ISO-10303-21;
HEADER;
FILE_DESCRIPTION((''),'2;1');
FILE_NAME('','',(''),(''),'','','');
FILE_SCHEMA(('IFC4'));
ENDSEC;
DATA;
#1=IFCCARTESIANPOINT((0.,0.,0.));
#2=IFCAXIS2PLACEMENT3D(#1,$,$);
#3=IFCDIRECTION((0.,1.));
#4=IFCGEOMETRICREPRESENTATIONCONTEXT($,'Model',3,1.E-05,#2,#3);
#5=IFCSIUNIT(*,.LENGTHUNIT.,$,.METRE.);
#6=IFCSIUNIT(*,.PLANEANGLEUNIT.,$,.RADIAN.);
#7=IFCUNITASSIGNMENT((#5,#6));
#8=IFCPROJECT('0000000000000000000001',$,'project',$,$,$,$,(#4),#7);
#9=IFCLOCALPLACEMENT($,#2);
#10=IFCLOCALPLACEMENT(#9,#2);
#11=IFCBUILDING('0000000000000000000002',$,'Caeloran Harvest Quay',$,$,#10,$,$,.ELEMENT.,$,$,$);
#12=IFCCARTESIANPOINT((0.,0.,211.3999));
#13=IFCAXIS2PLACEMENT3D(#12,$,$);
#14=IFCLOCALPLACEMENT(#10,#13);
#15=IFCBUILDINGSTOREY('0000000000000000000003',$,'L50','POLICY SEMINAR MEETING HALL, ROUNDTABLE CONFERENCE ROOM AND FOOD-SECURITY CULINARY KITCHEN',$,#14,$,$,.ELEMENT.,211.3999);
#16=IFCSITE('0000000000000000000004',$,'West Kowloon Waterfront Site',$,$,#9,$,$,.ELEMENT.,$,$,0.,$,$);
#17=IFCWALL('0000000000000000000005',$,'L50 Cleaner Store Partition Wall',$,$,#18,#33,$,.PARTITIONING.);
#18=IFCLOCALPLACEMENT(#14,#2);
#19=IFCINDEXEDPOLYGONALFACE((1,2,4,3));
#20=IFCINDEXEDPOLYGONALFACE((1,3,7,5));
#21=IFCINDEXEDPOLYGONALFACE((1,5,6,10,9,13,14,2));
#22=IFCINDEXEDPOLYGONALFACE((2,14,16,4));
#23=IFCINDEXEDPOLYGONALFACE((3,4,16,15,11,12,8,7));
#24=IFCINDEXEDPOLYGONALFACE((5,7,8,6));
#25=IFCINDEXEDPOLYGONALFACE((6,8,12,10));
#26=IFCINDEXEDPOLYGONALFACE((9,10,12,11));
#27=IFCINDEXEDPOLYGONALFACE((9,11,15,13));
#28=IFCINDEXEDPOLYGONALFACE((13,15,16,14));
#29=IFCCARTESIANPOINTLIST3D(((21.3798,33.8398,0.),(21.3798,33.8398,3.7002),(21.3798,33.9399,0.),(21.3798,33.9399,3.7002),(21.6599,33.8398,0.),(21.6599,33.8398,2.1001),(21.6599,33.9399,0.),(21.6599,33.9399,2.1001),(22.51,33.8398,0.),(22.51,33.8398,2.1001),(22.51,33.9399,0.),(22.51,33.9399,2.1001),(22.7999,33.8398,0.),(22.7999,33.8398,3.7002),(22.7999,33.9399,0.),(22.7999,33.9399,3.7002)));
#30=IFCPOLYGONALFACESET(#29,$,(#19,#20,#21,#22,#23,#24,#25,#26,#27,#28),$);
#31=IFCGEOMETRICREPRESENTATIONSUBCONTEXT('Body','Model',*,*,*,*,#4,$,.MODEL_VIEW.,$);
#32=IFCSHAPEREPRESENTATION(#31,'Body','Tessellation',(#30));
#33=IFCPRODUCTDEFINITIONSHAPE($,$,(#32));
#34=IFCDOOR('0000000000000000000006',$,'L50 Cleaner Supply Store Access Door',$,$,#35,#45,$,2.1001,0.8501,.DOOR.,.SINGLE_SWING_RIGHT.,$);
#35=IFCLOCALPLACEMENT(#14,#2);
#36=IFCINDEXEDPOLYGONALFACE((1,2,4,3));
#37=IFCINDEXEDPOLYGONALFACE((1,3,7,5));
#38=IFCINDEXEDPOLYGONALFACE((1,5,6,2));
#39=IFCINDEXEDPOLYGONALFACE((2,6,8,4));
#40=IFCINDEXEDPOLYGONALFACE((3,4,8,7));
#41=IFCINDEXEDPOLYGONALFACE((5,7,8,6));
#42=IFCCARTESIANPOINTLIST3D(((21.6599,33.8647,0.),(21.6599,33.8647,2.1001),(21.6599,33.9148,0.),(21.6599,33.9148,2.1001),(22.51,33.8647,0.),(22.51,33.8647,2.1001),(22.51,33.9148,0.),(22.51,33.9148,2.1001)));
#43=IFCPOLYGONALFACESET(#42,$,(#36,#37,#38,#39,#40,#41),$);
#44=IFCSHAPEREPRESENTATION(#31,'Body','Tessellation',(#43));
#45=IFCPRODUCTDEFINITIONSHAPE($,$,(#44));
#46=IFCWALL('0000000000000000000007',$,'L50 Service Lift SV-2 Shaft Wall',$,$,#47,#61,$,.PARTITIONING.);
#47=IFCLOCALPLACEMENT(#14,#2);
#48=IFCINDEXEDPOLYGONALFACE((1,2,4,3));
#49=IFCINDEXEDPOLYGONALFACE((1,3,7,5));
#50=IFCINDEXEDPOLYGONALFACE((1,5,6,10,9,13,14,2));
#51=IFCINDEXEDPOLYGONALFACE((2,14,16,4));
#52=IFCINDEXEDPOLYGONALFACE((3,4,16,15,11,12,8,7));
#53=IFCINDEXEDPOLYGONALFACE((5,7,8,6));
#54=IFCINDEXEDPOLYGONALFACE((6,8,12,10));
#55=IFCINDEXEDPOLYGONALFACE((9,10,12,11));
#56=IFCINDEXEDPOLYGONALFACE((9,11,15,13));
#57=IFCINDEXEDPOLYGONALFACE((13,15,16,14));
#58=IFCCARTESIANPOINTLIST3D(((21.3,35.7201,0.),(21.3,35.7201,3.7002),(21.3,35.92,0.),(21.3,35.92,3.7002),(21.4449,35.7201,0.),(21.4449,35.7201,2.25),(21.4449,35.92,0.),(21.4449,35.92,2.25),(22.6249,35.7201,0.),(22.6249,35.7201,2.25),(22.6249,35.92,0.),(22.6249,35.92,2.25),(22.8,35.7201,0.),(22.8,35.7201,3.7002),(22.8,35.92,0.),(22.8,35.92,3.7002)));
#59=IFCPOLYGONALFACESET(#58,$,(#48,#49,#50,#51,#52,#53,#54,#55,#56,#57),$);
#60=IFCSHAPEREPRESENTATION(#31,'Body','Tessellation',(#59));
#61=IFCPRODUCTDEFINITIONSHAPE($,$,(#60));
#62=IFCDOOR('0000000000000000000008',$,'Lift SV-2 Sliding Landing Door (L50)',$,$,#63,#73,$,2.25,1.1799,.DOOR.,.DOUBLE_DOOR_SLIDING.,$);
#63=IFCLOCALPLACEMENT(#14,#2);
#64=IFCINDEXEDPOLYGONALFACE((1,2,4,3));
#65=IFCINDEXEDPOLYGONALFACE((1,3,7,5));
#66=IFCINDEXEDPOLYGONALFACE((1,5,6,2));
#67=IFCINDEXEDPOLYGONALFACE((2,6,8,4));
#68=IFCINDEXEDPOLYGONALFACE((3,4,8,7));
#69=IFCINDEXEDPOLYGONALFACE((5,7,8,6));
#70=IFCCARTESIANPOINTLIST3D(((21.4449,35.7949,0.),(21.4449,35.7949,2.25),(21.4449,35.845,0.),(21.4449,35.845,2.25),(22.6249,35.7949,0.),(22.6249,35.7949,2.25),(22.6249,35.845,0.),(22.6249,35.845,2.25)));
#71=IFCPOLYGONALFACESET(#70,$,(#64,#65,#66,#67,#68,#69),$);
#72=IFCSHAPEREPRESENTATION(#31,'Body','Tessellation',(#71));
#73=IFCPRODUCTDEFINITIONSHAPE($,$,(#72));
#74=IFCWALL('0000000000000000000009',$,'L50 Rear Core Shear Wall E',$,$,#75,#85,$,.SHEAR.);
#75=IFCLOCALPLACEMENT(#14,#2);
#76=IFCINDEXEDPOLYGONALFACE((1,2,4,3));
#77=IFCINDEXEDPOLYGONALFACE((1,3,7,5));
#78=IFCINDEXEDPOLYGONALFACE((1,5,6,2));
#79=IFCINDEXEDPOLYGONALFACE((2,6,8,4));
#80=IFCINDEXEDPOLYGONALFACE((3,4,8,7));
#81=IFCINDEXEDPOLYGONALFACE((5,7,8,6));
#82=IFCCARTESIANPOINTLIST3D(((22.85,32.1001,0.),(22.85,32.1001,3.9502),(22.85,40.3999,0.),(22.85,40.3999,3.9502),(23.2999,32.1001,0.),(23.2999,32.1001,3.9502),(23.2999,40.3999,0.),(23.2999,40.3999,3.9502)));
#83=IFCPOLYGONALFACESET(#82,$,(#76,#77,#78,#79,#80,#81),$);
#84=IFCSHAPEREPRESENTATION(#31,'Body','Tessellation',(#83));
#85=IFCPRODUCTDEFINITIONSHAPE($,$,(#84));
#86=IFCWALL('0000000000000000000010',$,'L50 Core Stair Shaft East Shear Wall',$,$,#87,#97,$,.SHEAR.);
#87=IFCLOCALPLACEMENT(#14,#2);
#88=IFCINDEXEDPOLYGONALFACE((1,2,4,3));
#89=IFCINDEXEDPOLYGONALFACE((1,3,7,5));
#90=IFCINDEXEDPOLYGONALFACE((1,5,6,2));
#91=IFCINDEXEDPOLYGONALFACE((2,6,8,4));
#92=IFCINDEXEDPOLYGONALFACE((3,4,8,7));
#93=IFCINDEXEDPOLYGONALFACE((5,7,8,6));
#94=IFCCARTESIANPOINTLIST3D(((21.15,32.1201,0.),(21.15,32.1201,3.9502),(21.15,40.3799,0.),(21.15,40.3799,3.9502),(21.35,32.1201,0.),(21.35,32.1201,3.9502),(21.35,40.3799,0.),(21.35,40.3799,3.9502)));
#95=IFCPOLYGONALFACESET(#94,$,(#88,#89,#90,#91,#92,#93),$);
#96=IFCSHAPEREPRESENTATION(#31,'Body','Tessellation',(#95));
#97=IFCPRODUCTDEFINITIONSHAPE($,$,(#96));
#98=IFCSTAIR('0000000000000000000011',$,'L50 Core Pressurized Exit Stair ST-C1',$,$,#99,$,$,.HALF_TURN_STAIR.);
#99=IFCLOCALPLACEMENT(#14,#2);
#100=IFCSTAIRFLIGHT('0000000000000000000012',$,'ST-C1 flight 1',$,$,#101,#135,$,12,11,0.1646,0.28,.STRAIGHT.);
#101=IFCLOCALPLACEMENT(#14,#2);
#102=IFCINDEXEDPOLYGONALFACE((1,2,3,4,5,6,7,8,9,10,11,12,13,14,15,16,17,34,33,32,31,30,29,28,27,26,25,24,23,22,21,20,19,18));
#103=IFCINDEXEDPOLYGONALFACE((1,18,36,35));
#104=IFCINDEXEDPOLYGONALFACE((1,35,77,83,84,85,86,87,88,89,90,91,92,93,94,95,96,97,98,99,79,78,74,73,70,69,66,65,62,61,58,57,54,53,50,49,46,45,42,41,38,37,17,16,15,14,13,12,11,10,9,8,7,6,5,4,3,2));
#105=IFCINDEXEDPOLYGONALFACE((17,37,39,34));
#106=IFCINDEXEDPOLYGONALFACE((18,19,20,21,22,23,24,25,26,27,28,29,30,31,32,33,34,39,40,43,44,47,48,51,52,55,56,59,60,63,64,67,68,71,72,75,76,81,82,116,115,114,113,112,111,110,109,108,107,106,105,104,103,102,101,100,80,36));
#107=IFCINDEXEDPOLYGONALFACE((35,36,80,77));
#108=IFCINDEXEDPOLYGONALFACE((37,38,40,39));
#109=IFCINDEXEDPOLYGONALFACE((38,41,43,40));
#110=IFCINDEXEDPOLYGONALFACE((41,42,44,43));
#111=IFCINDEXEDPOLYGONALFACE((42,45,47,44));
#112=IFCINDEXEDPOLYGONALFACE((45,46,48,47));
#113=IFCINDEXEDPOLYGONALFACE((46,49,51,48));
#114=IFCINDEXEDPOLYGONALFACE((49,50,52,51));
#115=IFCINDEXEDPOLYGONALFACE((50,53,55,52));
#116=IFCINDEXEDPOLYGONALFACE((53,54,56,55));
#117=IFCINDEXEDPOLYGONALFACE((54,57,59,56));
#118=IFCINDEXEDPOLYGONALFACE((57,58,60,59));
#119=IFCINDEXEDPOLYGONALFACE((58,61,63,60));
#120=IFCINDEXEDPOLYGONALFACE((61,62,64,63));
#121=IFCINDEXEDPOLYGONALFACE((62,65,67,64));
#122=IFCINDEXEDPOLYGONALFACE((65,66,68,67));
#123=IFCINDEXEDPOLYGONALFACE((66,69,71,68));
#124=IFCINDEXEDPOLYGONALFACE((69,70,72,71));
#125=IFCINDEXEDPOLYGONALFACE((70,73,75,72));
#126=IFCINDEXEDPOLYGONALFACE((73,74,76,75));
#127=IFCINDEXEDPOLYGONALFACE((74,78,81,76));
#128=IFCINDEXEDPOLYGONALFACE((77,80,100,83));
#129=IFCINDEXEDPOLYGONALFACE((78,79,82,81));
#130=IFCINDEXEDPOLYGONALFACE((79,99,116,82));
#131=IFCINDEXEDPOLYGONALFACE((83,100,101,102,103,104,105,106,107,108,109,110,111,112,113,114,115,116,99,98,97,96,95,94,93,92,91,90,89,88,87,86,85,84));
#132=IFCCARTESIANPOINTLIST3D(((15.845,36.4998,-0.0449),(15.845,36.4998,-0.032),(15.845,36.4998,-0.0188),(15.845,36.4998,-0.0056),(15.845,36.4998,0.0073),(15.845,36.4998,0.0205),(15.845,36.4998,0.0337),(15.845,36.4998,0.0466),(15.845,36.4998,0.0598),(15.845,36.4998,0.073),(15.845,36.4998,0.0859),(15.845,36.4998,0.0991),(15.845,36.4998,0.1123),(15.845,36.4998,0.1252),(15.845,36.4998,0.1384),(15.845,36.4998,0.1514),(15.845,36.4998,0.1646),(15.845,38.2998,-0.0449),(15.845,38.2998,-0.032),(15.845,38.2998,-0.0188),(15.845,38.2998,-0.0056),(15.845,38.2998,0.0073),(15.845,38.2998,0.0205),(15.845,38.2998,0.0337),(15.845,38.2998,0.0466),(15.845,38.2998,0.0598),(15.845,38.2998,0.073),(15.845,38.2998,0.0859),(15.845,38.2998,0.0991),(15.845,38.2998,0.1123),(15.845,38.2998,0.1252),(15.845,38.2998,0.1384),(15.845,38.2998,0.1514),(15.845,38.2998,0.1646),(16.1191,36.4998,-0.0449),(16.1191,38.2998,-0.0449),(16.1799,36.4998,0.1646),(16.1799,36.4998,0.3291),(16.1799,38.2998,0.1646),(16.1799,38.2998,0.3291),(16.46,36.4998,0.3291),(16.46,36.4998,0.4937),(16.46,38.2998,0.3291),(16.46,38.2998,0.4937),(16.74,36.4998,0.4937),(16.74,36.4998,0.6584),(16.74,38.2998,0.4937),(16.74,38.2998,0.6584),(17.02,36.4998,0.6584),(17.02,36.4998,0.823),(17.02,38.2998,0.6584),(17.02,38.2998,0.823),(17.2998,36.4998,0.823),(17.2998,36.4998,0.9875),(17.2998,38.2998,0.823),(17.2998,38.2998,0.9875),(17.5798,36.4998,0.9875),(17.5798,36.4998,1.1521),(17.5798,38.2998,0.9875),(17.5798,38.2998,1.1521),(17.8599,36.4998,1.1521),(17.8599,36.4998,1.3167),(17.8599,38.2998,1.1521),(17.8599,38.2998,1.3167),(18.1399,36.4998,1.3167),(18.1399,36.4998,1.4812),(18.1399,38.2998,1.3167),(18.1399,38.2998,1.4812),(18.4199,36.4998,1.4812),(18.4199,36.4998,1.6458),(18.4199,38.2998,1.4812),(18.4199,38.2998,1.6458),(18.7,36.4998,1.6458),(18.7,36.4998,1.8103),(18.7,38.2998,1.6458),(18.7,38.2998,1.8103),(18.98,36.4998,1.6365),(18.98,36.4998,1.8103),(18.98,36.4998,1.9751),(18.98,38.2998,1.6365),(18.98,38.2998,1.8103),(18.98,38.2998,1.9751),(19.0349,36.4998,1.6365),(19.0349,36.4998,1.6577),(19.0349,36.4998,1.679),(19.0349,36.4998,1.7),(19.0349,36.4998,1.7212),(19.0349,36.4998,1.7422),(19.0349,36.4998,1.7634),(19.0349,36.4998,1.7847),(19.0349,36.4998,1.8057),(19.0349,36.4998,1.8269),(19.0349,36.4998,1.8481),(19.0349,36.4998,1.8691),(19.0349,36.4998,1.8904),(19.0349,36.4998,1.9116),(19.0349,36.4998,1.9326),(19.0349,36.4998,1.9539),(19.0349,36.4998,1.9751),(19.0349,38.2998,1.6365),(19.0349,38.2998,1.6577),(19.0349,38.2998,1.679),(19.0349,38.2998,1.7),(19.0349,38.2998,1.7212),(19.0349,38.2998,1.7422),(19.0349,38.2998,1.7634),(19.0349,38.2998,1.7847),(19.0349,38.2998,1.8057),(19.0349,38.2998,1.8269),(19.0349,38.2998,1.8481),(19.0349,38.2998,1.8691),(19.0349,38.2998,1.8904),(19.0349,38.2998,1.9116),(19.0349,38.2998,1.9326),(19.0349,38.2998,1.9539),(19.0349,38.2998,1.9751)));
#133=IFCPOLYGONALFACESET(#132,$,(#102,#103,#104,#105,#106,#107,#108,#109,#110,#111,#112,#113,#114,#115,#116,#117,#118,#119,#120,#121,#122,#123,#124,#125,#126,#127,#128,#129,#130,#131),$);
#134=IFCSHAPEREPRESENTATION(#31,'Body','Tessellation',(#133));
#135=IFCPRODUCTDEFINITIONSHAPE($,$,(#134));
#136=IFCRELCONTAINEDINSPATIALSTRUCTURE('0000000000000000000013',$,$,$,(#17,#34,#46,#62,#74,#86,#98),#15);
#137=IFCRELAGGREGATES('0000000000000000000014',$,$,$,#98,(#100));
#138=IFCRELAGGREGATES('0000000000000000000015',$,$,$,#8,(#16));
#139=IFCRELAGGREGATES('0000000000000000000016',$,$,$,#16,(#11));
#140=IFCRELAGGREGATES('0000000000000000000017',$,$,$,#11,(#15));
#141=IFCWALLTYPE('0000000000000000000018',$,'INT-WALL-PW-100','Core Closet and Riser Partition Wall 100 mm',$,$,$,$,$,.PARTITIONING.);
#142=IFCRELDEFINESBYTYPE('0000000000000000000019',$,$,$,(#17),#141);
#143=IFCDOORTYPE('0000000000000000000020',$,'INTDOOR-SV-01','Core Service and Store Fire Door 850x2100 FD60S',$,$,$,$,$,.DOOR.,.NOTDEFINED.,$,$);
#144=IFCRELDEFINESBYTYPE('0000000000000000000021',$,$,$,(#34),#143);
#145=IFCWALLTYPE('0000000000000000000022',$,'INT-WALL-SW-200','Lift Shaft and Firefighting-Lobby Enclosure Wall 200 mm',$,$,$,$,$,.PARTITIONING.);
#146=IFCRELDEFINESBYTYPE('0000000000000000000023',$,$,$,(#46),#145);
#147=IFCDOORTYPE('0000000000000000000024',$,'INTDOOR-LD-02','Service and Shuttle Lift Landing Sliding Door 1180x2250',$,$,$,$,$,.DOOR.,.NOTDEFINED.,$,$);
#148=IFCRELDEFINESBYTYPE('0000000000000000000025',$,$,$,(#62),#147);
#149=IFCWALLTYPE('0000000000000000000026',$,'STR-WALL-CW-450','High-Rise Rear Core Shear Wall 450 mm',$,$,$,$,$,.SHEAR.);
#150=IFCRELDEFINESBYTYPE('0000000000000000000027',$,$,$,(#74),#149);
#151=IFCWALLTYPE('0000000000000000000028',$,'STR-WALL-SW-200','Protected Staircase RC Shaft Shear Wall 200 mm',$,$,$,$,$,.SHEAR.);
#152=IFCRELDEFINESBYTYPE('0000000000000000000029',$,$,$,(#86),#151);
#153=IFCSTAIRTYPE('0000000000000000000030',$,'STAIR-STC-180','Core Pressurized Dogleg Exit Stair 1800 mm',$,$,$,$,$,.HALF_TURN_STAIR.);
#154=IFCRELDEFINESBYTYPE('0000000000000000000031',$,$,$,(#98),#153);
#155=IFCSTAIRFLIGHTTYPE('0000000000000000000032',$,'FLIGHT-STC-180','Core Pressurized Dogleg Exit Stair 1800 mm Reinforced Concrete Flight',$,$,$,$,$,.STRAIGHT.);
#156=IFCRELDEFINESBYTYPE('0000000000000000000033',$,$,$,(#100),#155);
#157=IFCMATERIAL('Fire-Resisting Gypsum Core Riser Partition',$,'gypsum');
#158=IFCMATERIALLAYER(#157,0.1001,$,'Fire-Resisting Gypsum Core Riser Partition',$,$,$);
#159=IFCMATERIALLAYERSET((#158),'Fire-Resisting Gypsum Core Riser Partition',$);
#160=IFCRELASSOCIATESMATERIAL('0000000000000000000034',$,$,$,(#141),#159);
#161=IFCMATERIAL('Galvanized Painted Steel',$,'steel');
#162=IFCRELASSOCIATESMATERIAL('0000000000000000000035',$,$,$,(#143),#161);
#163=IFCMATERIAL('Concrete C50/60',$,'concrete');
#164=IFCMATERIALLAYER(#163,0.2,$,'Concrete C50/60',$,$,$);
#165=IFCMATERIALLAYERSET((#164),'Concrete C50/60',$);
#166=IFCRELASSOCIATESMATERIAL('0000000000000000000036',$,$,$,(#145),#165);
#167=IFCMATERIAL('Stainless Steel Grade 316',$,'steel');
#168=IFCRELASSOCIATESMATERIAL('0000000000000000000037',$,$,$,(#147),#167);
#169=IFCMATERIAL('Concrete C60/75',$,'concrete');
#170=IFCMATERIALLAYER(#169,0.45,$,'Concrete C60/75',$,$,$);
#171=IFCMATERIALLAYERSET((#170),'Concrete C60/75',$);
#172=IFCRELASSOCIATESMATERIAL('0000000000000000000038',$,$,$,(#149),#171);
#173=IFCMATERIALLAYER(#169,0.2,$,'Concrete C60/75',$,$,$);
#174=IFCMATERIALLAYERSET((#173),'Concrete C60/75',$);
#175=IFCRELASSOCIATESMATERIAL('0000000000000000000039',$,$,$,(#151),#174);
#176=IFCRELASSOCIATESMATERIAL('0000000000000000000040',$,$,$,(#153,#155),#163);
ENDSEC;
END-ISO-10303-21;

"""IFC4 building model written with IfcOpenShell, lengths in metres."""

from ifc_helpers import new_model, si_unit, direction, frame, frame_2d, origin, place, context, subcontext, project, spatial, polyline, rectangle, outline, extrude, material, layer, layer_set, type_object, element, fill, aggregate, save


model = new_model("IFC4")

# Units and contexts
model_context = context("Model", 3, precision=1e-05, world=origin(), true_north=direction((0.0, 1.0)))
body_context = subcontext(model_context, "Body", "Model", "MODEL_VIEW")
ifc_project = project(units=[si_unit("LENGTHUNIT", "METRE"), si_unit("PLANEANGLEUNIT", "RADIAN")], contexts=[model_context])

# Site, building, storey
site_placement = place(None, origin())
site = spatial("IfcSite", under=ifc_project, at=site_placement, Name="West Kowloon Waterfront Site", CompositionType="ELEMENT", RefElevation=0.0)
building_placement = place(site_placement, origin())
building = spatial("IfcBuilding", under=site, at=building_placement, Name="Caeloran Harvest Quay", CompositionType="ELEMENT")
storey_placement = place(building_placement, frame((0.0, 0.0, 211.3999)))
storey = spatial("IfcBuildingStorey", under=building, at=storey_placement, Name="L50", Description="POLICY SEMINAR MEETING HALL, ROUNDTABLE CONFERENCE ROOM AND FOOD-SECURITY CULINARY KITCHEN", CompositionType="ELEMENT", Elevation=211.3999)

# Walls, openings, doors
ifc_material_1 = material(Name="Fire-Resisting Gypsum Core Riser Partition", Category="gypsum")
ifc_layer_1 = layer(ifc_material_1, 0.1001, Name="Fire-Resisting Gypsum Core Riser Partition")
ifc_layer_set_1 = layer_set([ifc_layer_1], Name="Fire-Resisting Gypsum Core Riser Partition")
wall_type_1 = type_object("IfcWallType", Name="INT-WALL-PW-100", Description="Core Closet and Riser Partition Wall 100 mm", PredefinedType="PARTITIONING", material=ifc_layer_set_1)
wall_1_placement = place(storey_placement, frame((21.3799, 33.8899, 0.0), z_axis=(0.0, 0.0, 1.0), x_axis=(1.0, 0.0, 0.0)))
wall_1 = element("IfcWall", 1, at=wall_1_placement, inside=storey, type_object=wall_type_1, Name="L50 Cleaner Store Partition Wall", PredefinedType="PARTITIONING", context=body_context, shape_type="SweptSolid", body=[
    extrude(rectangle(XDim=1.4202, YDim=0.1001, at=frame_2d((0.71, 0.0))), origin(), (0.0, 0.0, 1.0), 3.7002),
])
opening_1_placement = place(wall_1_placement, frame((0.28, 0.0, 0.0)))
opening_1 = element("IfcOpeningElement", 2, at=opening_1_placement, cuts=wall_1, PredefinedType="OPENING", context=body_context, shape_type="SweptSolid", body=[
    extrude(rectangle(XDim=0.8501, YDim=2.1001, at=frame_2d((0.425, 1.05))), frame((0.0, 0.0601, 0.0), z_axis=(0.0, -1.0, 0.0), x_axis=(1.0, 0.0, 0.0)), (0.0, 0.0, 1.0), 0.1201),
])
ifc_material_2 = material(Name="Galvanized Painted Steel", Category="steel")
door_type_1 = type_object("IfcDoorType", Name="INTDOOR-SV-01", Description="Core Service and Store Fire Door 850x2100 FD60S", OperationType="NOTDEFINED", PredefinedType="DOOR", material=ifc_material_2)
door_1_placement = place(opening_1_placement, origin())
door_1 = element("IfcDoor", 3, at=door_1_placement, inside=storey, type_object=door_type_1, Name="L50 Cleaner Supply Store Access Door", OperationType="SINGLE_SWING_RIGHT", OverallHeight=2.1001, OverallWidth=0.8501, PredefinedType="DOOR", context=body_context, shape_type="SweptSolid", body=[
    extrude(rectangle(XDim=0.8501, YDim=2.1001, at=frame_2d((0.425, 1.05))), frame((0.0, 0.0249, 0.0), z_axis=(0.0, -1.0, 0.0), x_axis=(1.0, 0.0, 0.0)), (0.0, 0.0, 1.0), 0.05),
])
fill(opening_1, door_1)
ifc_material_3 = material(Name="Concrete C50/60", Category="concrete")
ifc_layer_2 = layer(ifc_material_3, 0.2, Name="Concrete C50/60")
ifc_layer_set_2 = layer_set([ifc_layer_2], Name="Concrete C50/60")
wall_type_2 = type_object("IfcWallType", Name="INT-WALL-SW-200", Description="Lift Shaft and Firefighting-Lobby Enclosure Wall 200 mm", PredefinedType="PARTITIONING", material=ifc_layer_set_2)
wall_2_placement = place(storey_placement, frame((21.3, 35.8201, 0.0), z_axis=(0.0, 0.0, 1.0), x_axis=(1.0, 0.0, 0.0)))
wall_2 = element("IfcWall", 4, at=wall_2_placement, inside=storey, type_object=wall_type_2, Name="L50 Service Lift SV-2 Shaft Wall", PredefinedType="PARTITIONING", context=body_context, shape_type="SweptSolid", body=[
    extrude(rectangle(XDim=1.5, YDim=0.2, at=frame_2d((0.75, 0.0))), origin(), (0.0, 0.0, 1.0), 3.7002),
])
opening_2_placement = place(wall_2_placement, frame((0.145, 0.0, 0.0)))
opening_2 = element("IfcOpeningElement", 5, at=opening_2_placement, cuts=wall_2, PredefinedType="OPENING", context=body_context, shape_type="SweptSolid", body=[
    extrude(rectangle(XDim=1.1799, YDim=2.25, at=frame_2d((0.5898, 1.125))), frame((0.0, 0.1099, 0.0), z_axis=(0.0, -1.0, 0.0), x_axis=(1.0, 0.0, 0.0)), (0.0, 0.0, 1.0), 0.22),
])
ifc_material_4 = material(Name="Stainless Steel Grade 316", Category="steel")
door_type_2 = type_object("IfcDoorType", Name="INTDOOR-LD-02", Description="Service and Shuttle Lift Landing Sliding Door 1180x2250", OperationType="NOTDEFINED", PredefinedType="DOOR", material=ifc_material_4)
door_2_placement = place(opening_2_placement, origin())
door_2 = element("IfcDoor", 6, at=door_2_placement, inside=storey, type_object=door_type_2, Name="Lift SV-2 Sliding Landing Door (L50)", OperationType="DOUBLE_DOOR_SLIDING", OverallHeight=2.25, OverallWidth=1.1799, PredefinedType="DOOR", context=body_context, shape_type="SweptSolid", body=[
    extrude(rectangle(XDim=1.1799, YDim=2.25, at=frame_2d((0.5898, 1.125))), frame((0.0, 0.0249, 0.0), z_axis=(0.0, -1.0, 0.0), x_axis=(1.0, 0.0, 0.0)), (0.0, 0.0, 1.0), 0.05),
])
fill(opening_2, door_2)

# Walls
ifc_material_5 = material(Name="Concrete C60/75", Category="concrete")
ifc_layer_3 = layer(ifc_material_5, 0.45, Name="Concrete C60/75")
ifc_layer_set_3 = layer_set([ifc_layer_3], Name="Concrete C60/75")
wall_type_3 = type_object("IfcWallType", Name="STR-WALL-CW-450", Description="High-Rise Rear Core Shear Wall 450 mm", PredefinedType="SHEAR", material=ifc_layer_set_3)
wall_3_placement = place(storey_placement, frame((23.075, 32.1001, 0.0), z_axis=(0.0, 0.0, 1.0), x_axis=(0.0, 1.0, 0.0)))
element("IfcWall", 7, at=wall_3_placement, inside=storey, type_object=wall_type_3, Name="L50 Rear Core Shear Wall E", PredefinedType="SHEAR", context=body_context, shape_type="SweptSolid", body=[
    extrude(rectangle(XDim=8.2998, YDim=0.45, at=frame_2d((4.1499, 0.0))), origin(), (0.0, 0.0, 1.0), 3.9502),
])
ifc_layer_4 = layer(ifc_material_5, 0.2, Name="Concrete C60/75")
ifc_layer_set_4 = layer_set([ifc_layer_4], Name="Concrete C60/75")
wall_type_4 = type_object("IfcWallType", Name="STR-WALL-SW-200", Description="Protected Staircase RC Shaft Shear Wall 200 mm", PredefinedType="SHEAR", material=ifc_layer_set_4)
wall_4_placement = place(storey_placement, frame((21.25, 32.1201, 0.0), z_axis=(0.0, 0.0, 1.0), x_axis=(0.0, 1.0, 0.0)))
element("IfcWall", 8, at=wall_4_placement, inside=storey, type_object=wall_type_4, Name="L50 Core Stair Shaft East Shear Wall", PredefinedType="SHEAR", context=body_context, shape_type="SweptSolid", body=[
    extrude(rectangle(XDim=8.2598, YDim=0.2, at=frame_2d((4.1299, 0.0))), origin(), (0.0, 0.0, 1.0), 3.9502),
])

# Stair, stair flight
stair_type = type_object("IfcStairType", Name="STAIR-STC-180", Description="Core Pressurized Dogleg Exit Stair 1800 mm", PredefinedType="HALF_TURN_STAIR", material=ifc_material_3)
stair_1_placement = place(storey_placement, origin())
stair_1 = element("IfcStair", 9, at=stair_1_placement, inside=storey, type_object=stair_type, Name="L50 Core Pressurized Exit Stair ST-C1", PredefinedType="HALF_TURN_STAIR")
stair_flight_type = type_object("IfcStairFlightType", Name="FLIGHT-STC-180", Description="Core Pressurized Dogleg Exit Stair 1800 mm Reinforced Concrete Flight", PredefinedType="STRAIGHT", material=ifc_material_3)
stair_flight_1_placement = place(storey_placement, frame((15.8999, 37.3999, 0.0), z_axis=(0.0, 0.0, 1.0), x_axis=(1.0, 0.0, 0.0)))
stair_flight_1 = element("IfcStairFlight", 10, at=stair_flight_1_placement, type_object=stair_flight_type, Name="ST-C1 flight 1", NumberOfRisers=12, NumberOfTreads=11, PredefinedType="STRAIGHT", RiserHeight=0.1646, TreadLength=0.28, context=body_context, shape_type="SweptSolid", body=[
    extrude(outline(polyline([(-0.0549, -0.0449), (-0.0549, -0.032), (-0.0549, -0.0188), (-0.0549, -0.0056), (-0.0549, 0.0073), (-0.0549, 0.0205), (-0.0549, 0.0337), (-0.0549, 0.0466), (-0.0549, 0.0598), (-0.0549, 0.073), (-0.0549, 0.0859), (-0.0549, 0.0991), (-0.0549, 0.1123), (-0.0549, 0.1252), (-0.0549, 0.1384), (-0.0549, 0.1514), (-0.0549, 0.1646), (0.28, 0.1646), (0.28, 0.3291), (0.5601, 0.3291), (0.5601, 0.4937), (0.8401, 0.4937), (0.8401, 0.6584), (1.1201, 0.6584), (1.1201, 0.823), (1.3999, 0.823), (1.3999, 0.9875), (1.6799, 0.9875), (1.6799, 1.1521), (1.96, 1.1521), (1.96, 1.3167), (2.24, 1.3167), (2.24, 1.4812), (2.52, 1.4812), (2.52, 1.6458), (2.8, 1.6458), (2.8, 1.8103), (3.0801, 1.8103), (3.0801, 1.9751), (3.135, 1.9751), (3.135, 1.9539), (3.135, 1.9326), (3.135, 1.9116), (3.135, 1.8904), (3.135, 1.8691), (3.135, 1.8481), (3.135, 1.8269), (3.135, 1.8057), (3.135, 1.7847), (3.135, 1.7634), (3.135, 1.7422), (3.135, 1.7212), (3.135, 1.7), (3.135, 1.679), (3.135, 1.6577), (3.135, 1.6365), (3.0801, 1.6365), (0.2192, -0.0449), (-0.0549, -0.0449)])), frame((0.0, 0.8999, 0.0), z_axis=(0.0, -1.0, 0.0), x_axis=(1.0, 0.0, 0.0)), (0.0, 0.0, 1.0), 1.8),
])
aggregate(stair_1, [stair_flight_1])

save(model, "model.ifc")
